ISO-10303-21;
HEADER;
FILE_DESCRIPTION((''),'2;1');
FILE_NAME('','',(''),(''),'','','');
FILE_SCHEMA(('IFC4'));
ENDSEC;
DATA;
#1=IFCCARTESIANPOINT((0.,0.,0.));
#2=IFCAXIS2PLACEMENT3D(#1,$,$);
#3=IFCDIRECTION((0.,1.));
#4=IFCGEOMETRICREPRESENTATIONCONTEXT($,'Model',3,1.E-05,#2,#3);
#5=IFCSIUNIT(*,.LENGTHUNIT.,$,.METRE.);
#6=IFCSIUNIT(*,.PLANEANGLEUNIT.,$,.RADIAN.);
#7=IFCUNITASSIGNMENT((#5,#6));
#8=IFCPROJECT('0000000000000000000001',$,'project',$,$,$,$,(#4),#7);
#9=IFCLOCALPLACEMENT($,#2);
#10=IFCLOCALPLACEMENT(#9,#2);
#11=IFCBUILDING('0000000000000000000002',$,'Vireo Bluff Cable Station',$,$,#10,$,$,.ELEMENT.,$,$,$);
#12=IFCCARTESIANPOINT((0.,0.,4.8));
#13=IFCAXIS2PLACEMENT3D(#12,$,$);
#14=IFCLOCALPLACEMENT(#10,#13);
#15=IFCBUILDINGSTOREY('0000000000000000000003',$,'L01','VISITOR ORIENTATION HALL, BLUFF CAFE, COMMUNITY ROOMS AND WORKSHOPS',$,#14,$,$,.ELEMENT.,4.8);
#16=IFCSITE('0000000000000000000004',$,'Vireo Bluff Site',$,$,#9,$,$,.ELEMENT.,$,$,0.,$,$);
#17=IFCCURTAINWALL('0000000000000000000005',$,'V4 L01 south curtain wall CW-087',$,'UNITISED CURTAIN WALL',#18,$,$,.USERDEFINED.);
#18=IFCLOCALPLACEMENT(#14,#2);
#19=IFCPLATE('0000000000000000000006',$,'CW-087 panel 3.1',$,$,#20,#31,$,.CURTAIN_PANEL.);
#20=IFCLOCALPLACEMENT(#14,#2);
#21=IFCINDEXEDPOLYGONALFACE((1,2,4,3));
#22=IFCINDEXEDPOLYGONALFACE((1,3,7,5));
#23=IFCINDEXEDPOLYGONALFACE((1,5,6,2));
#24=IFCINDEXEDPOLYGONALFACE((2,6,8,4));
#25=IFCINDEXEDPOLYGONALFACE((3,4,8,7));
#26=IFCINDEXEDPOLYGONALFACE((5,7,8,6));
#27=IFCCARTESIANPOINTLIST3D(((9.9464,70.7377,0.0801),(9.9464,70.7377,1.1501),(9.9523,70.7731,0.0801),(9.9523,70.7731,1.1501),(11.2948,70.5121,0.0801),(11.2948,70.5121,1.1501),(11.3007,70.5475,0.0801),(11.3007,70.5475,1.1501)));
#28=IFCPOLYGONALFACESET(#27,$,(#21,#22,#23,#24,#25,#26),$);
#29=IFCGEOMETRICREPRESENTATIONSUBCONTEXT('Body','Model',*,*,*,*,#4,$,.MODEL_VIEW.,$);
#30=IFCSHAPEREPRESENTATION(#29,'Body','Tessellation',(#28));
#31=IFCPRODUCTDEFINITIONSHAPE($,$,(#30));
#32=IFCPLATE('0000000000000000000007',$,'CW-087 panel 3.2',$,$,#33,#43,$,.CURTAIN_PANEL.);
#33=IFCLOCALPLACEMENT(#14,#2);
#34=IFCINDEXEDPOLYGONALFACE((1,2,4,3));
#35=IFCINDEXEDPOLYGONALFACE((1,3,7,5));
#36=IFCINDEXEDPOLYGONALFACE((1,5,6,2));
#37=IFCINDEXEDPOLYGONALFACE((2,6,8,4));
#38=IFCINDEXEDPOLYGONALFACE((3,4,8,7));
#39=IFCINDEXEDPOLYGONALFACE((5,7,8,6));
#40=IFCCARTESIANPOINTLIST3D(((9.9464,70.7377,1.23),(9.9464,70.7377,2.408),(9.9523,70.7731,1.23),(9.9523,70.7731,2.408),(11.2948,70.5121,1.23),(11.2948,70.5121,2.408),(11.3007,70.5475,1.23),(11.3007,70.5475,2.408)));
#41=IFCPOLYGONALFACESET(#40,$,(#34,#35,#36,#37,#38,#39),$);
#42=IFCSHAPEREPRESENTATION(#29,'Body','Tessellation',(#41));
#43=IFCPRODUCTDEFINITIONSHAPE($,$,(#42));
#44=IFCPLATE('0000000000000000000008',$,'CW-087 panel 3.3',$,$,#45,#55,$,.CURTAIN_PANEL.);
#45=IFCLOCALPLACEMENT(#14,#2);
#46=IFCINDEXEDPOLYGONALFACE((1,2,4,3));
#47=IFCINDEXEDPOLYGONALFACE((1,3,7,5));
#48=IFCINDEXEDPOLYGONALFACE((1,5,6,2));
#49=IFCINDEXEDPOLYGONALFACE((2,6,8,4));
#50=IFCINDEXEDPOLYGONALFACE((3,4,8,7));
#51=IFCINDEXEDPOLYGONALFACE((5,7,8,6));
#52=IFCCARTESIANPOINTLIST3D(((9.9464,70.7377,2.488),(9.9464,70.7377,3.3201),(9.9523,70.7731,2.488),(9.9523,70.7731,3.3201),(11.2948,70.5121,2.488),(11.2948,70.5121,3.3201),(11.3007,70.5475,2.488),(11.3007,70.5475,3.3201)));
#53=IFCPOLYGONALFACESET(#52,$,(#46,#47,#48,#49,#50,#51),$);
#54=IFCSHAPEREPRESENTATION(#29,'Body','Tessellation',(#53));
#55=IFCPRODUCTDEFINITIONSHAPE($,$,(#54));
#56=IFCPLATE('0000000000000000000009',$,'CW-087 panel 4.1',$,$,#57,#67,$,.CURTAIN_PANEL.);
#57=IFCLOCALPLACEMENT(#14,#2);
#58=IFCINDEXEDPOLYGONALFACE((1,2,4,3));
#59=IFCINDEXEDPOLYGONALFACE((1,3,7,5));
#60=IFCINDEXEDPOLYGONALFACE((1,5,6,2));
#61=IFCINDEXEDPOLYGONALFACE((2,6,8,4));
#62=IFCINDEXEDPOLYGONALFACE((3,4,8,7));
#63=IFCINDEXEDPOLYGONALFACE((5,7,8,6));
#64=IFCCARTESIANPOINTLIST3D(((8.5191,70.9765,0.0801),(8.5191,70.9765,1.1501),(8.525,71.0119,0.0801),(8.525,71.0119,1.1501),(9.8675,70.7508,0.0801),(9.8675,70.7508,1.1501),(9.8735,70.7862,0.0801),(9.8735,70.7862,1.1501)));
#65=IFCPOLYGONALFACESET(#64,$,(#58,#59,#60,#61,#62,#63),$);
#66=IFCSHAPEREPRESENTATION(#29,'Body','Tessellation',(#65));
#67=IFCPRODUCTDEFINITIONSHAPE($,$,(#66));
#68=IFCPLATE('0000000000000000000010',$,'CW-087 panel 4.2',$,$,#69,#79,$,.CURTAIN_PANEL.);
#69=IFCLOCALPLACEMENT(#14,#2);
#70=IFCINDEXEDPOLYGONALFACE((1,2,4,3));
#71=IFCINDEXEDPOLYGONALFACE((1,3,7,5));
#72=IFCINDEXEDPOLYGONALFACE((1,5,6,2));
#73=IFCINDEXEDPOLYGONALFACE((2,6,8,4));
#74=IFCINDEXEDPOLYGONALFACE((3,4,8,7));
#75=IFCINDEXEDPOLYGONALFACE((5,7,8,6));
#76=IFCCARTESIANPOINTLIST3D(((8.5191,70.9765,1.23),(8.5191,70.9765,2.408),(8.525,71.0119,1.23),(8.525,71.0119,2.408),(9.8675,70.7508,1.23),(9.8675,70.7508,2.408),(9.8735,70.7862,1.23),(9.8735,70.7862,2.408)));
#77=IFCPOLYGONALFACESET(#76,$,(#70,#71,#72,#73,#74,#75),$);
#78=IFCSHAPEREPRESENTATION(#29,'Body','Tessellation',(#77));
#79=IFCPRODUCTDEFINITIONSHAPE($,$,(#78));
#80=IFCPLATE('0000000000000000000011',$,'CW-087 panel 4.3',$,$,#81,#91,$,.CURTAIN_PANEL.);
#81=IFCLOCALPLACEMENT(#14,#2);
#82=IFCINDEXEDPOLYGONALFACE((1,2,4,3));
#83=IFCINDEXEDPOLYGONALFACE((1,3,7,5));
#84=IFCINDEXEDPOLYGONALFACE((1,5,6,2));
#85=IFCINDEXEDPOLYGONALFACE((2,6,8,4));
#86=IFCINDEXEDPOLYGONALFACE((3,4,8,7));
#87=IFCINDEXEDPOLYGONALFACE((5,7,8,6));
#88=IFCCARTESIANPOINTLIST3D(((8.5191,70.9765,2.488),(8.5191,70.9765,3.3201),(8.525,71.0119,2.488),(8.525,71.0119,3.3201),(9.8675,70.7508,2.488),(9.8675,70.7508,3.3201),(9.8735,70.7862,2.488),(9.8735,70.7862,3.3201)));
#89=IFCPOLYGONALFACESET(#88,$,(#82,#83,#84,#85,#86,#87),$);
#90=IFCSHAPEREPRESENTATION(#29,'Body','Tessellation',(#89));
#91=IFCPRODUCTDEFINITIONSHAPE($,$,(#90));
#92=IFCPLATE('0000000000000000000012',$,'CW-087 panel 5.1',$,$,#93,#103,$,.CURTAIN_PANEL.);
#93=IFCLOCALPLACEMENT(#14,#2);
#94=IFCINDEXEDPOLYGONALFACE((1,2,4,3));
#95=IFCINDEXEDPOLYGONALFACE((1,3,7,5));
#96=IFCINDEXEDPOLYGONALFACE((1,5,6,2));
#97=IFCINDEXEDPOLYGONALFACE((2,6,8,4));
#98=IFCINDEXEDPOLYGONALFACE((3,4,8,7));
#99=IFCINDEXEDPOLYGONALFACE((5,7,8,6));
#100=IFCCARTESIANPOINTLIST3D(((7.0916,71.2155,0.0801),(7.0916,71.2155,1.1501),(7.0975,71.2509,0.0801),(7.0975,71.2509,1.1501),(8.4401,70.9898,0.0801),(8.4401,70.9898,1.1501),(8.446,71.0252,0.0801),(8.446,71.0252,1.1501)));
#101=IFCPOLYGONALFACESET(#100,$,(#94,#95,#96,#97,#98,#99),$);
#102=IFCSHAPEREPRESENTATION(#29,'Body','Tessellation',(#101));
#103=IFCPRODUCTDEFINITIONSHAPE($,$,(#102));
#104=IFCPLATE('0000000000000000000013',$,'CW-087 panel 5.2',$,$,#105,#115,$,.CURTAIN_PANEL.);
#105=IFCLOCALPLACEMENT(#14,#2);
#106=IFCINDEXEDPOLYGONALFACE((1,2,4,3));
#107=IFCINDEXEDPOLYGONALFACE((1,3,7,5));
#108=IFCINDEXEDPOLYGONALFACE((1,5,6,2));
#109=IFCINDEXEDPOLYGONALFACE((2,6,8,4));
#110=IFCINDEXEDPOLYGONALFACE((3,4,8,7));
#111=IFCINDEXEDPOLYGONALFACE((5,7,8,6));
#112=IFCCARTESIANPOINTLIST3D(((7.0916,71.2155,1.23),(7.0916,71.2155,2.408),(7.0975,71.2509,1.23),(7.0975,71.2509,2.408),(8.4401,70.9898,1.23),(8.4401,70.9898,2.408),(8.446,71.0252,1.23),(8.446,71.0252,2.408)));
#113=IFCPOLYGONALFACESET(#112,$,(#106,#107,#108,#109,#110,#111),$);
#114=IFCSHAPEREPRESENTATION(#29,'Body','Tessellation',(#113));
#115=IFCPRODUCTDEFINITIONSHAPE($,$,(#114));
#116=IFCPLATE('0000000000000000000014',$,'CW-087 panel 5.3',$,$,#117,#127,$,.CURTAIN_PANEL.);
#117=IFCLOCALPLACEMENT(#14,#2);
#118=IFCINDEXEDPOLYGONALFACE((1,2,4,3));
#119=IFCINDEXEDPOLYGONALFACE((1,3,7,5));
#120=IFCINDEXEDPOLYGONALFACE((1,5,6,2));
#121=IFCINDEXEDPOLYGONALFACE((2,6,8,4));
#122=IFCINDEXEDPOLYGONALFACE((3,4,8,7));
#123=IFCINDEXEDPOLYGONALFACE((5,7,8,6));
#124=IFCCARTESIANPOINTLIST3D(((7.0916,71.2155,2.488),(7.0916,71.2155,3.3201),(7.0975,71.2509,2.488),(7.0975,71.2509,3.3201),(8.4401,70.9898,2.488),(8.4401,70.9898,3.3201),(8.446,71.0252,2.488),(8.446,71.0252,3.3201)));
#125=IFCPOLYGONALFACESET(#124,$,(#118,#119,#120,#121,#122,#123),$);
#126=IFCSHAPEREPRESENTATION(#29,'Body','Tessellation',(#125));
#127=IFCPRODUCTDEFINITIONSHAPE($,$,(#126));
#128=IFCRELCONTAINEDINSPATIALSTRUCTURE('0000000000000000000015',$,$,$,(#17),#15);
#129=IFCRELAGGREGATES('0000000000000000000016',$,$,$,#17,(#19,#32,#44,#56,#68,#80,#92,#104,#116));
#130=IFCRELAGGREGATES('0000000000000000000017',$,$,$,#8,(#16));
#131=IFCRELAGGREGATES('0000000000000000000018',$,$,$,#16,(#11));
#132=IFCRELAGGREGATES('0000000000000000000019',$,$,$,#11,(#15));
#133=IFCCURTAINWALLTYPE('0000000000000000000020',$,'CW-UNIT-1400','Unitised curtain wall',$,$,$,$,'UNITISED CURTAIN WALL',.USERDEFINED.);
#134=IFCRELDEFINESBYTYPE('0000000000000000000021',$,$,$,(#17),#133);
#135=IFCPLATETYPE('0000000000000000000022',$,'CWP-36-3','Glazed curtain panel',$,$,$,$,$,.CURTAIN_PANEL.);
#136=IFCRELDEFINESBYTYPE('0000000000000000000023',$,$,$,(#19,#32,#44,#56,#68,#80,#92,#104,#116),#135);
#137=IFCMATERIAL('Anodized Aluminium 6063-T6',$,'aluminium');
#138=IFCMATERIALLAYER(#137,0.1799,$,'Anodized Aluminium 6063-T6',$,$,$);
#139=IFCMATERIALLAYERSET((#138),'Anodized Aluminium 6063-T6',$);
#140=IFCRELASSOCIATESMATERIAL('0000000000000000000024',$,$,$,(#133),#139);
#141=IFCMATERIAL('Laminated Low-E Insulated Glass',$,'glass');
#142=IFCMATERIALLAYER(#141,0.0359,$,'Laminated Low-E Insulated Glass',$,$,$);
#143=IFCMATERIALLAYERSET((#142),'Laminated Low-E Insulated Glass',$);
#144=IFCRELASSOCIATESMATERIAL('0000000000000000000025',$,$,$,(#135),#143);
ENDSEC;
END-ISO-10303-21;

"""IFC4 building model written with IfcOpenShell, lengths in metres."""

from ifc_helpers import new_model, si_unit, direction, frame, origin, origin_2d, place, context, subcontext, project, spatial, rectangle, extrude, material, layer, layer_set, type_object, element, aggregate, save


model = new_model("IFC4")

# Units and contexts
model_context = context("Model", 3, precision=1e-05, world=origin(), true_north=direction((0.0, 1.0)))
body_context = subcontext(model_context, "Body", "Model", "MODEL_VIEW")
ifc_project = project(units=[si_unit("LENGTHUNIT", "METRE"), si_unit("PLANEANGLEUNIT", "RADIAN")], contexts=[model_context])

# Site, building, storey
site_placement = place(None, origin())
site = spatial("IfcSite", under=ifc_project, at=site_placement, Name="Vireo Bluff Site", CompositionType="ELEMENT", RefElevation=0.0)
building_placement = place(site_placement, origin())
building = spatial("IfcBuilding", under=site, at=building_placement, Name="Vireo Bluff Cable Station", CompositionType="ELEMENT")
storey_placement = place(building_placement, frame((0.0, 0.0, 4.8)))
storey = spatial("IfcBuildingStorey", under=building, at=storey_placement, Name="L01", Description="VISITOR ORIENTATION HALL, BLUFF CAFE, COMMUNITY ROOMS AND WORKSHOPS", CompositionType="ELEMENT", Elevation=4.8)

# Curtain wall, plates
ifc_material_1 = material(Name="Anodized Aluminium 6063-T6", Category="aluminium")
ifc_layer_1 = layer(ifc_material_1, 0.1799, Name="Anodized Aluminium 6063-T6")
ifc_layer_set_1 = layer_set([ifc_layer_1], Name="Anodized Aluminium 6063-T6")
curtain_wall_type = type_object("IfcCurtainWallType", Name="CW-UNIT-1400", Description="Unitised curtain wall", ElementType="UNITISED CURTAIN WALL", PredefinedType="USERDEFINED", material=ifc_layer_set_1)
curtain_wall_placement = place(storey_placement, origin())
curtain_wall = element("IfcCurtainWall", 1, at=curtain_wall_placement, inside=storey, type_object=curtain_wall_type, Name="V4 L01 south curtain wall CW-087", ObjectType="UNITISED CURTAIN WALL", PredefinedType="USERDEFINED")
ifc_material_2 = material(Name="Laminated Low-E Insulated Glass", Category="glass")
ifc_layer_2 = layer(ifc_material_2, 0.0359, Name="Laminated Low-E Insulated Glass")
ifc_layer_set_2 = layer_set([ifc_layer_2], Name="Laminated Low-E Insulated Glass")
plate_type = type_object("IfcPlateType", Name="CWP-36-3", Description="Glazed curtain panel", PredefinedType="CURTAIN_PANEL", material=ifc_layer_set_2)
plate_1_placement = place(storey_placement, frame((10.6235, 70.6426, 0.0801), z_axis=(0.0, 0.0, 1.0), x_axis=(-0.986286, 0.165048, 0.0)))
plate_1 = element("IfcPlate", 2, at=plate_1_placement, type_object=plate_type, Name="CW-087 panel 3.1", PredefinedType="CURTAIN_PANEL", context=body_context, shape_type="SweptSolid", body=[
    extrude(rectangle(XDim=1.3672, YDim=0.0359, at=origin_2d()), origin(), (0.0, 0.0, 1.0), 1.0701),
])
plate_2_placement = place(storey_placement, frame((10.6235, 70.6426, 1.23), z_axis=(0.0, 0.0, 1.0), x_axis=(-0.986286, 0.165048, 0.0)))
plate_2 = element("IfcPlate", 3, at=plate_2_placement, type_object=plate_type, Name="CW-087 panel 3.2", PredefinedType="CURTAIN_PANEL", context=body_context, shape_type="SweptSolid", body=[
    extrude(rectangle(XDim=1.3672, YDim=0.0359, at=origin_2d()), origin(), (0.0, 0.0, 1.0), 1.178),
])
plate_3_placement = place(storey_placement, frame((10.6235, 70.6426, 2.488), z_axis=(0.0, 0.0, 1.0), x_axis=(-0.986286, 0.165048, 0.0)))
plate_3 = element("IfcPlate", 4, at=plate_3_placement, type_object=plate_type, Name="CW-087 panel 3.3", PredefinedType="CURTAIN_PANEL", context=body_context, shape_type="SweptSolid", body=[
    extrude(rectangle(XDim=1.3672, YDim=0.0359, at=origin_2d()), origin(), (0.0, 0.0, 1.0), 0.832),
])
plate_4_placement = place(storey_placement, frame((9.1963, 70.8813, 0.0801), z_axis=(0.0, 0.0, 1.0), x_axis=(-0.986286, 0.165048, 0.0)))
plate_4 = element("IfcPlate", 5, at=plate_4_placement, type_object=plate_type, Name="CW-087 panel 4.1", PredefinedType="CURTAIN_PANEL", context=body_context, shape_type="SweptSolid", body=[
    extrude(rectangle(XDim=1.3672, YDim=0.0359, at=origin_2d()), origin(), (0.0, 0.0, 1.0), 1.0701),
])
plate_5_placement = place(storey_placement, frame((9.1963, 70.8813, 1.23), z_axis=(0.0, 0.0, 1.0), x_axis=(-0.986286, 0.165048, 0.0)))
plate_5 = element("IfcPlate", 6, at=plate_5_placement, type_object=plate_type, Name="CW-087 panel 4.2", PredefinedType="CURTAIN_PANEL", context=body_context, shape_type="SweptSolid", body=[
    extrude(rectangle(XDim=1.3672, YDim=0.0359, at=origin_2d()), origin(), (0.0, 0.0, 1.0), 1.178),
])
plate_6_placement = place(storey_placement, frame((9.1963, 70.8813, 2.488), z_axis=(0.0, 0.0, 1.0), x_axis=(-0.986286, 0.165048, 0.0)))
plate_6 = element("IfcPlate", 7, at=plate_6_placement, type_object=plate_type, Name="CW-087 panel 4.3", PredefinedType="CURTAIN_PANEL", context=body_context, shape_type="SweptSolid", body=[
    extrude(rectangle(XDim=1.3672, YDim=0.0359, at=origin_2d()), origin(), (0.0, 0.0, 1.0), 0.832),
])
plate_7_placement = place(storey_placement, frame((7.7688, 71.1204, 0.0801), z_axis=(0.0, 0.0, 1.0), x_axis=(-0.986286, 0.165048, 0.0)))
plate_7 = element("IfcPlate", 8, at=plate_7_placement, type_object=plate_type, Name="CW-087 panel 5.1", PredefinedType="CURTAIN_PANEL", context=body_context, shape_type="SweptSolid", body=[
    extrude(rectangle(XDim=1.3672, YDim=0.0359, at=origin_2d()), origin(), (0.0, 0.0, 1.0), 1.0701),
])
plate_8_placement = place(storey_placement, frame((7.7688, 71.1204, 1.23), z_axis=(0.0, 0.0, 1.0), x_axis=(-0.986286, 0.165048, 0.0)))
plate_8 = element("IfcPlate", 9, at=plate_8_placement, type_object=plate_type, Name="CW-087 panel 5.2", PredefinedType="CURTAIN_PANEL", context=body_context, shape_type="SweptSolid", body=[
    extrude(rectangle(XDim=1.3672, YDim=0.0359, at=origin_2d()), origin(), (0.0, 0.0, 1.0), 1.178),
])
plate_9_placement = place(storey_placement, frame((7.7688, 71.1204, 2.488), z_axis=(0.0, 0.0, 1.0), x_axis=(-0.986286, 0.165048, 0.0)))
plate_9 = element("IfcPlate", 10, at=plate_9_placement, type_object=plate_type, Name="CW-087 panel 5.3", PredefinedType="CURTAIN_PANEL", context=body_context, shape_type="SweptSolid", body=[
    extrude(rectangle(XDim=1.3672, YDim=0.0359, at=origin_2d()), origin(), (0.0, 0.0, 1.0), 0.832),
])
aggregate(curtain_wall, [plate_1, plate_2, plate_3, plate_4, plate_5, plate_6, plate_7, plate_8, plate_9])

save(model, "model.ifc")
